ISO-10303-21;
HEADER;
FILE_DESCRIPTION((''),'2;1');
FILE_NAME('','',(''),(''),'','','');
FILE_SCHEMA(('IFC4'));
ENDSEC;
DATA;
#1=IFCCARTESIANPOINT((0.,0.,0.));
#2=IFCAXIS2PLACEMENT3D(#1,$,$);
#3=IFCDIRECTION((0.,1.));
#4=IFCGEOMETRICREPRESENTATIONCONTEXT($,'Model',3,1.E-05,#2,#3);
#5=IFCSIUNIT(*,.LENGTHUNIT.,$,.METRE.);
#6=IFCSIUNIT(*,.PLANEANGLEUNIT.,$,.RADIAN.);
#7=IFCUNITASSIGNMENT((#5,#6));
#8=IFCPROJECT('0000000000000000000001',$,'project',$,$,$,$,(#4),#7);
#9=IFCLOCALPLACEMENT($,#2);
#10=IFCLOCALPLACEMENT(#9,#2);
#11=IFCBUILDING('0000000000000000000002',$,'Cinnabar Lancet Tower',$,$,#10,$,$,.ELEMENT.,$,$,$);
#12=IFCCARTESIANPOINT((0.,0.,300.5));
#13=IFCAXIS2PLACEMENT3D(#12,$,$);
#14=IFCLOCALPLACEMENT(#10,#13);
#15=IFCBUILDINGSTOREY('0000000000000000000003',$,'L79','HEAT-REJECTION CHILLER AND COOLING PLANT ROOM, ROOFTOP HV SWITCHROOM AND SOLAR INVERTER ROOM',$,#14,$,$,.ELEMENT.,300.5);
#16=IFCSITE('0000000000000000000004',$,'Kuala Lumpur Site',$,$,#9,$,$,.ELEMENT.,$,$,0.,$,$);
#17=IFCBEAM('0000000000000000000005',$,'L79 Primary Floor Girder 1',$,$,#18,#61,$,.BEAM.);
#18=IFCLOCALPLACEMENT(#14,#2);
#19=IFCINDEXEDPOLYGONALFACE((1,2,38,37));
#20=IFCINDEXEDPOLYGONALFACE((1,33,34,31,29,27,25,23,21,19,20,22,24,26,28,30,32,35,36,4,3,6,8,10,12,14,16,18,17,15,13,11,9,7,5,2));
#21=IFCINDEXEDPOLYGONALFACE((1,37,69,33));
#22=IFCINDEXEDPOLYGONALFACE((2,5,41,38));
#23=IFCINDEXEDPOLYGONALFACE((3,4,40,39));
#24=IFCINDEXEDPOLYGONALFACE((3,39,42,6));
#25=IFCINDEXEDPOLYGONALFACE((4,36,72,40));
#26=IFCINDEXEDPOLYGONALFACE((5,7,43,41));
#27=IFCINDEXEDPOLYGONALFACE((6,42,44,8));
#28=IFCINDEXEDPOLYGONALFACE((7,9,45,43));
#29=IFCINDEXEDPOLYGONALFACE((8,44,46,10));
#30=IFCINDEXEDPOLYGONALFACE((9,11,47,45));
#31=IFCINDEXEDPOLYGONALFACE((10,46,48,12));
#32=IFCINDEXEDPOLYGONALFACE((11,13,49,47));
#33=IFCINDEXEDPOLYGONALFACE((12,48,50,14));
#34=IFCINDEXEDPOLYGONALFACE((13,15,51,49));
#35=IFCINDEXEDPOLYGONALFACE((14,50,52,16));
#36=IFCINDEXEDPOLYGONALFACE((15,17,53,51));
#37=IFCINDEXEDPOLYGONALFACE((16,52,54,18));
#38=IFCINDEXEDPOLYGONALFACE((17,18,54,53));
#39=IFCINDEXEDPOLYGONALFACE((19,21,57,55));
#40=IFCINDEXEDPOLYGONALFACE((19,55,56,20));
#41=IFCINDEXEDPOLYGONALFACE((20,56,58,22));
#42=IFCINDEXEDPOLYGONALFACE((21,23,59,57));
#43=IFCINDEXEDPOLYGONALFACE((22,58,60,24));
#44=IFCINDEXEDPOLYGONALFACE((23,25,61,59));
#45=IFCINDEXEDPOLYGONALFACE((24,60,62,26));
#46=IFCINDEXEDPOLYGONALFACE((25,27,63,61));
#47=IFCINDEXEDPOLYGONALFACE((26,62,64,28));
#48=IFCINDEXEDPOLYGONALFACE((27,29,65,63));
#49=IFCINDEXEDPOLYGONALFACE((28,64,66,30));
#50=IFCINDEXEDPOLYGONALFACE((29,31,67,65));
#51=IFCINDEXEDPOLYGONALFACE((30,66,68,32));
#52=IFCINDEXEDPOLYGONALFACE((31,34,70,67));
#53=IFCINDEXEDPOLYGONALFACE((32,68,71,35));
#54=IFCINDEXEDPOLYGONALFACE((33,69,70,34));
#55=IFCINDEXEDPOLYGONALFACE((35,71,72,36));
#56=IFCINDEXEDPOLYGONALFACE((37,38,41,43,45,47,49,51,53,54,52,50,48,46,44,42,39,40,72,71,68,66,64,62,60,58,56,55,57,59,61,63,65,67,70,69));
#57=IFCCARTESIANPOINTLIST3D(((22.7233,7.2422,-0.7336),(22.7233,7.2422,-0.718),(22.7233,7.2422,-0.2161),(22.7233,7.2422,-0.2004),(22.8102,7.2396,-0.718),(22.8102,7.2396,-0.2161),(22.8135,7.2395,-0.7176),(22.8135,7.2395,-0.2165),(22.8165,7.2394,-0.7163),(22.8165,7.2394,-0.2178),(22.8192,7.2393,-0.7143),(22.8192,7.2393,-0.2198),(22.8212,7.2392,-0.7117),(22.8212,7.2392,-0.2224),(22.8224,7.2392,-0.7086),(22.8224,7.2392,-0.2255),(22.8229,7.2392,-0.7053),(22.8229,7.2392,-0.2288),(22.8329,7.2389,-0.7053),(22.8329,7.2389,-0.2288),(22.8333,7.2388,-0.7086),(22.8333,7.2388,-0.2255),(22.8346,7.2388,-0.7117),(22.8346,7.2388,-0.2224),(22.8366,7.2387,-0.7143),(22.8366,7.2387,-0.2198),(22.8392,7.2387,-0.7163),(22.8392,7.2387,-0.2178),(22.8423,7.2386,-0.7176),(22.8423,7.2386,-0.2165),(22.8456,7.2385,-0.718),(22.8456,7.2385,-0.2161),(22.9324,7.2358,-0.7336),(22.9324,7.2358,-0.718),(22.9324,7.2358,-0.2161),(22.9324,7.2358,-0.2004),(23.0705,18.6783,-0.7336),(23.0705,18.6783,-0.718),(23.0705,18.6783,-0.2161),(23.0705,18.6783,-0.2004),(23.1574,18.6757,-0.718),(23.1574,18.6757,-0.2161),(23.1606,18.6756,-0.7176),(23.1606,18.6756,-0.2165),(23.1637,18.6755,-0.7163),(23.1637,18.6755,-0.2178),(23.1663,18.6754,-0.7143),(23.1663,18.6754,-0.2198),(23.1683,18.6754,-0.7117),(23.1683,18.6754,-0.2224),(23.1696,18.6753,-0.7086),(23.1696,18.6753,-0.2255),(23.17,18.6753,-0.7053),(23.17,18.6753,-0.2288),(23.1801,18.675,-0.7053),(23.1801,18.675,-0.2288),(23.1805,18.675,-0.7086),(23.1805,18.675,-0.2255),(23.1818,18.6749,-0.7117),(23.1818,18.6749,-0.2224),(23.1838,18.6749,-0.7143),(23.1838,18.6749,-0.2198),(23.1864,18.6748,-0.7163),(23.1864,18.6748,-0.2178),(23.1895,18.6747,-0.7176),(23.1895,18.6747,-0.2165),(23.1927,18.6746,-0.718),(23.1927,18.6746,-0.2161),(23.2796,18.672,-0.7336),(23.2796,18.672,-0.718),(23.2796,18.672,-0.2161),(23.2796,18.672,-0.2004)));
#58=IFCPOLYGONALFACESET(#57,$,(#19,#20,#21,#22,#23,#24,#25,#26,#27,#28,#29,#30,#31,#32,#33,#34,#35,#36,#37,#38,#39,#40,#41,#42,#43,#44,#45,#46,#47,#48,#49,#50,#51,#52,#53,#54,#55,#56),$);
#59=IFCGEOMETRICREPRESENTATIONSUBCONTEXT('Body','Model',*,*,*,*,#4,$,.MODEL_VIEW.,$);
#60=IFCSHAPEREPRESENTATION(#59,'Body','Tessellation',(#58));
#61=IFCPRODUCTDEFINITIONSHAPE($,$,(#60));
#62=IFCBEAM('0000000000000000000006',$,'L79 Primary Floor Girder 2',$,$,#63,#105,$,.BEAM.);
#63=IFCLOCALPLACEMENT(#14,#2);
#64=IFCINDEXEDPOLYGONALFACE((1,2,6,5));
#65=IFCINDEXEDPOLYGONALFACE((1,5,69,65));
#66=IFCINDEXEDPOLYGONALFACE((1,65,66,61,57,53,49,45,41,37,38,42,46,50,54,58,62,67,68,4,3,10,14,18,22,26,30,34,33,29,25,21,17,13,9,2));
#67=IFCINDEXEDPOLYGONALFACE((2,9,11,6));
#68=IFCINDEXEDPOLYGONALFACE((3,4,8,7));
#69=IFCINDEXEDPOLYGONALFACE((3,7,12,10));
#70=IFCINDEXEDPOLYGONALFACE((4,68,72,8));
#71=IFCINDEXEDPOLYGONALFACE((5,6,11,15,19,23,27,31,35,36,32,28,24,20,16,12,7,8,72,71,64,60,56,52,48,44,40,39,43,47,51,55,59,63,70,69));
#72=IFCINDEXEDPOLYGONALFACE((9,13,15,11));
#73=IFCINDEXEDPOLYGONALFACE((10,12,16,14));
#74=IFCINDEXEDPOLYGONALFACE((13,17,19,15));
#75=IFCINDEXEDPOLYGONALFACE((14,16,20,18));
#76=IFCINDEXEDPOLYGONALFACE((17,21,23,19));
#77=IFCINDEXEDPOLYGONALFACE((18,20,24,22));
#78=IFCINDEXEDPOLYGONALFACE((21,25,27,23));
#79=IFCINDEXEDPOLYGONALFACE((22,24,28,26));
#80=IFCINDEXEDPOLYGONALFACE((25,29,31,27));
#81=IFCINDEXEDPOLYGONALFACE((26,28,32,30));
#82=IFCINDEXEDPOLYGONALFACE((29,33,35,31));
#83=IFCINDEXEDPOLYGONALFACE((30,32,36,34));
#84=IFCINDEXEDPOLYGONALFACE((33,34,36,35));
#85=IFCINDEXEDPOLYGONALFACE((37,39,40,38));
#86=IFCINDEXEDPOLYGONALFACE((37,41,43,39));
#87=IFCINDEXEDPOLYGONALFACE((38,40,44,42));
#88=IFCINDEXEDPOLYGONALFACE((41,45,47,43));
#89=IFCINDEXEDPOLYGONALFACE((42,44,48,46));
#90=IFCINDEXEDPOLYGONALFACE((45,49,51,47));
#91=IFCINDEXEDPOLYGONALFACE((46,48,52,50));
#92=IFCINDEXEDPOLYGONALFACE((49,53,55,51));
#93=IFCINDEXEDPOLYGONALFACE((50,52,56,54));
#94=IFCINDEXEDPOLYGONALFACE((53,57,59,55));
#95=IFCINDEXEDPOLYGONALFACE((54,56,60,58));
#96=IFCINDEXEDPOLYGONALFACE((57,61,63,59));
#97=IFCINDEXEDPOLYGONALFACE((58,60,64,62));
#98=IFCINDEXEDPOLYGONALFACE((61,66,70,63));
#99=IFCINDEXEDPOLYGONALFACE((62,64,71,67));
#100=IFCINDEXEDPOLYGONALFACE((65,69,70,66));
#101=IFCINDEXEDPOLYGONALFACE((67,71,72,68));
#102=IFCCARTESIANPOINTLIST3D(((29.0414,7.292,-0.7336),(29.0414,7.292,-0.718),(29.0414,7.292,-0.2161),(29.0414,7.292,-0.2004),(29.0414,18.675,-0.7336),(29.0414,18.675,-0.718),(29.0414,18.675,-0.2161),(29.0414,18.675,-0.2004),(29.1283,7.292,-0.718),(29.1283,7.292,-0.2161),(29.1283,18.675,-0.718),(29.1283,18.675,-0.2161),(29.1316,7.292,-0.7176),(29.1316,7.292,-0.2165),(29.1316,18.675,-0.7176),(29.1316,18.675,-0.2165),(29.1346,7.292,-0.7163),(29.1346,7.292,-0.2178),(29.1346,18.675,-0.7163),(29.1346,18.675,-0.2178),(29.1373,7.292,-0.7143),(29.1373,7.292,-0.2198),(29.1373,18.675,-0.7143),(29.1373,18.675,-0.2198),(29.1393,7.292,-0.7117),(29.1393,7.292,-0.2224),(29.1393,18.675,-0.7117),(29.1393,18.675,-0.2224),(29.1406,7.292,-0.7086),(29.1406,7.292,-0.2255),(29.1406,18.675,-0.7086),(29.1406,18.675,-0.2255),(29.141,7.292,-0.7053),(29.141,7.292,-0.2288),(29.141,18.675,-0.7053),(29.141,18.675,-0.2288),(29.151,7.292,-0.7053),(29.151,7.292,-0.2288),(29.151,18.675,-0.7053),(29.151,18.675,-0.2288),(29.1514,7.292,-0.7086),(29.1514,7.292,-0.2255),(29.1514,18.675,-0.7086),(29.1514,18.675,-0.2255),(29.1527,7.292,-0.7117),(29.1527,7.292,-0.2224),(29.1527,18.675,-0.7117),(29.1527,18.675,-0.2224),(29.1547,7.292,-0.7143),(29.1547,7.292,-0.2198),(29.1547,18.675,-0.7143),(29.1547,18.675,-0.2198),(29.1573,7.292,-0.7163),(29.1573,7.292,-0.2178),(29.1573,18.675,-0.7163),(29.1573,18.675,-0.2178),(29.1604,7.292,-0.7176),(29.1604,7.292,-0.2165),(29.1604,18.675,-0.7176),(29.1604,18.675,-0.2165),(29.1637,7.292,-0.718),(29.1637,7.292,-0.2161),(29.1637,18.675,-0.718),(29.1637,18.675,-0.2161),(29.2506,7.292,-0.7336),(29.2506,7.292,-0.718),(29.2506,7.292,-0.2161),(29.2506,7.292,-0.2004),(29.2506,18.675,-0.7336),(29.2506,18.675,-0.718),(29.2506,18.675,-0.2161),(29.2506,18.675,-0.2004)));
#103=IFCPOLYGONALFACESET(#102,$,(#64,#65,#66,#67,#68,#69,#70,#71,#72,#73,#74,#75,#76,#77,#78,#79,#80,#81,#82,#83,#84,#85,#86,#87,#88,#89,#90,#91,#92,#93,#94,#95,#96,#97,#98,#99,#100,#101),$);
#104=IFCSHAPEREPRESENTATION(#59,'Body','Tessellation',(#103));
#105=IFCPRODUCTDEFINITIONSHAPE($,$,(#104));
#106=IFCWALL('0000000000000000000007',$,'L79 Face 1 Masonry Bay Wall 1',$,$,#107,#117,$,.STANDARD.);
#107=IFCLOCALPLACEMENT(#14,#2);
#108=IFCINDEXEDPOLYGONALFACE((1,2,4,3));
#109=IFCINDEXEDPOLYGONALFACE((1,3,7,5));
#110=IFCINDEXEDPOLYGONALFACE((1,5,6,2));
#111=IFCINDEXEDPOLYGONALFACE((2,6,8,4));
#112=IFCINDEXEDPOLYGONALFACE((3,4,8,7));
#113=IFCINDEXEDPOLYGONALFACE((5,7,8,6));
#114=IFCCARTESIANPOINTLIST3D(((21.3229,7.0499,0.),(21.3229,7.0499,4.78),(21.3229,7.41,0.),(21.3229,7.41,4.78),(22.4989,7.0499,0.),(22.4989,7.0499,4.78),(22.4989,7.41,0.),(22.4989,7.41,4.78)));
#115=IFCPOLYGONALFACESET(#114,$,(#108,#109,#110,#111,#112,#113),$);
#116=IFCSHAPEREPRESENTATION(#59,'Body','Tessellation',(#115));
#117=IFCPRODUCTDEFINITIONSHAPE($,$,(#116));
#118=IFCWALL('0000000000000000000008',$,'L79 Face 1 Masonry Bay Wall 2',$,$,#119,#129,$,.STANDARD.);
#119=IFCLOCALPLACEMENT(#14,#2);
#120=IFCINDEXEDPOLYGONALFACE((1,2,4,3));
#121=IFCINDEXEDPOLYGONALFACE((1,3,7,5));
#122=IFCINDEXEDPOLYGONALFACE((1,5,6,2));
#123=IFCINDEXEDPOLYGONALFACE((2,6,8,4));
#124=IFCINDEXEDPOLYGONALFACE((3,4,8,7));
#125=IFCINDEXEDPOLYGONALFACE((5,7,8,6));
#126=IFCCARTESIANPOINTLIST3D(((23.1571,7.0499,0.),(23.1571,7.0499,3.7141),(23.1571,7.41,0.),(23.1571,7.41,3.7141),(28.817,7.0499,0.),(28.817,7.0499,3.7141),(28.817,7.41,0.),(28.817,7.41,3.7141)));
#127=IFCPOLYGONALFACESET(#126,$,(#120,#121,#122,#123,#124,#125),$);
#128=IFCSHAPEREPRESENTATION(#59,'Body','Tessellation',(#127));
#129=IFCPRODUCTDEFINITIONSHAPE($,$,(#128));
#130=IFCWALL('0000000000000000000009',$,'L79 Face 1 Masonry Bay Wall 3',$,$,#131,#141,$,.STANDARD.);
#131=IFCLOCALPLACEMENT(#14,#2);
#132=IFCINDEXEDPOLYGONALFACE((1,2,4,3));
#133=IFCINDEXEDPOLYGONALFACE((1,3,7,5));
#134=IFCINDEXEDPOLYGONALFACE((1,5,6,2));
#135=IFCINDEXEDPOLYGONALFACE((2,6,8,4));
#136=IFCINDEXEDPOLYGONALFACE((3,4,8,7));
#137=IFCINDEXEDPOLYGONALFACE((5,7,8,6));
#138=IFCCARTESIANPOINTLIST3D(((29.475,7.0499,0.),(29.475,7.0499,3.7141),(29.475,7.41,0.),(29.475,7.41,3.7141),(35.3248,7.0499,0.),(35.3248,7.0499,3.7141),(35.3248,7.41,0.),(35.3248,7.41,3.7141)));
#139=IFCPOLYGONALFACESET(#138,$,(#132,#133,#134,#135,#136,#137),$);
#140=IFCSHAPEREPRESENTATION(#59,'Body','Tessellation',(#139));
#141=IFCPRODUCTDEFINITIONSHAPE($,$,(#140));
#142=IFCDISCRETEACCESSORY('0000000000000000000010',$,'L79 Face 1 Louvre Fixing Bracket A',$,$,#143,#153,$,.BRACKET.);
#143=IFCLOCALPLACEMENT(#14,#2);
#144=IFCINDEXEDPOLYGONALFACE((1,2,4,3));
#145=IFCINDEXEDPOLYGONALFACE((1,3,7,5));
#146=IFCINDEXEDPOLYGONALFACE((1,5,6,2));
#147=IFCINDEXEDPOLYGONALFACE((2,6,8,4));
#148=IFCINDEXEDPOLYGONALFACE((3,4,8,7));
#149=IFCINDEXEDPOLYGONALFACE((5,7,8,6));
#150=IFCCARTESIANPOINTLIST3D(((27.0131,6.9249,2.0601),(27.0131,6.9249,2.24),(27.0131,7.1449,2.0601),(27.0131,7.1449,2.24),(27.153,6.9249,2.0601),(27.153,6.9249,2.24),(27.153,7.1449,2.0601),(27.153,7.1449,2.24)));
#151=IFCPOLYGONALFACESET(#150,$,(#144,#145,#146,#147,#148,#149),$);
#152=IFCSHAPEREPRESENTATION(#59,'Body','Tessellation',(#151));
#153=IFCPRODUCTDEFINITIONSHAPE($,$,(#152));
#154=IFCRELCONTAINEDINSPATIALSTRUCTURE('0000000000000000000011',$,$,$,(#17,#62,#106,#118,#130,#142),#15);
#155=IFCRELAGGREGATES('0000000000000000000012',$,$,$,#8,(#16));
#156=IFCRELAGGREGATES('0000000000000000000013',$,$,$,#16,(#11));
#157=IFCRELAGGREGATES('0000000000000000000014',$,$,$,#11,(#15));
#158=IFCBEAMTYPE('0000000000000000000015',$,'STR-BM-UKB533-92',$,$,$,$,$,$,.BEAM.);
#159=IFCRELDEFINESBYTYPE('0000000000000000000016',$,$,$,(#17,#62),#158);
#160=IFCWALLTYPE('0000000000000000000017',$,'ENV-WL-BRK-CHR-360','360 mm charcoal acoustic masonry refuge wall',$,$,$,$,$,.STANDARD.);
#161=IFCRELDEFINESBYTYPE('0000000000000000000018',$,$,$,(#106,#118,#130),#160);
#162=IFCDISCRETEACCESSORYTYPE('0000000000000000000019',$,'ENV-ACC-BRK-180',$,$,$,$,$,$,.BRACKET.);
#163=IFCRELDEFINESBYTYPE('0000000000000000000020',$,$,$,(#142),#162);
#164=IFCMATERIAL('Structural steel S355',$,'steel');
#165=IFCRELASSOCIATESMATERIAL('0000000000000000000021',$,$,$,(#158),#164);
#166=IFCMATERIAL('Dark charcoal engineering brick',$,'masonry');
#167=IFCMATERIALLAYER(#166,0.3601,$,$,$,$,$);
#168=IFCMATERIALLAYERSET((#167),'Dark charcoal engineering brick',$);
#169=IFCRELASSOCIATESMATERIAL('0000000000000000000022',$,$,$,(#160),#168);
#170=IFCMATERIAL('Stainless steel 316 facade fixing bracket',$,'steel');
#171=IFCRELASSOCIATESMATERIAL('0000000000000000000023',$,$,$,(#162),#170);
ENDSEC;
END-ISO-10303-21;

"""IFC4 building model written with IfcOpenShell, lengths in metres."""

from ifc_helpers import new_model, si_unit, direction, frame, frame_2d, origin, origin_2d, place, context, subcontext, project, spatial, rectangle, i_section, extrude, material, layer, layer_set, material_profile, profile_set, type_object, element, save


model = new_model("IFC4")

# Units and contexts
model_context = context("Model", 3, precision=1e-05, world=origin(), true_north=direction((0.0, 1.0)))
body_context = subcontext(model_context, "Body", "Model", "MODEL_VIEW")
ifc_project = project(units=[si_unit("LENGTHUNIT", "METRE"), si_unit("PLANEANGLEUNIT", "RADIAN")], contexts=[model_context])

# Site, building, storey
site_placement = place(None, origin())
site = spatial("IfcSite", under=ifc_project, at=site_placement, Name="Kuala Lumpur Site", CompositionType="ELEMENT", RefElevation=0.0)
building_placement = place(site_placement, origin())
building = spatial("IfcBuilding", under=site, at=building_placement, Name="Cinnabar Lancet Tower", CompositionType="ELEMENT")
storey_placement = place(building_placement, frame((0.0, 0.0, 300.5)))
storey = spatial("IfcBuildingStorey", under=building, at=storey_placement, Name="L79", Description="HEAT-REJECTION CHILLER AND COOLING PLANT ROOM, ROOFTOP HV SWITCHROOM AND SOLAR INVERTER ROOM", CompositionType="ELEMENT", Elevation=300.5)

# Beams
ifc_material_1 = material(Name="Structural steel S355", Category="steel")
ifc_material_profile_1 = material_profile(ifc_material_1, i_section(OverallWidth=0.2092, OverallDepth=0.5332, WebThickness=0.01, FlangeThickness=0.0156, FilletRadius=0.0127, at=origin_2d()), Name="UKB 533x210x92")
ifc_profile_set_1 = profile_set([ifc_material_profile_1], Name="Structural steel S355")
beam_type_1 = type_object("IfcBeamType", Name="STR-BM-UKB533-92", PredefinedType="BEAM", material=ifc_profile_set_1)
beam_1_placement = place(storey_placement, frame((22.8279, 7.239, -0.467), z_axis=(0.030343, 0.99954, 0.0), x_axis=(-0.99954, 0.030343, 0.0)))
element("IfcBeam", 1, at=beam_1_placement, inside=storey, type_object=beam_type_1, Name="L79 Primary Floor Girder 1", PredefinedType="BEAM", context=body_context, shape_type="SweptSolid", body=[
    extrude(i_section(OverallWidth=0.2092, OverallDepth=0.5332, WebThickness=0.01, FlangeThickness=0.0156, FilletRadius=0.0127, at=origin_2d()), origin(), (0.0, 0.0, 1.0), 11.4414),
])
beam_2_placement = place(storey_placement, frame((29.146, 7.292, -0.467), z_axis=(0.0, 1.0, 0.0), x_axis=(-1.0, 0.0, 0.0)))
element("IfcBeam", 2, at=beam_2_placement, inside=storey, type_object=beam_type_1, Name="L79 Primary Floor Girder 2", PredefinedType="BEAM", context=body_context, shape_type="SweptSolid", body=[
    extrude(i_section(OverallWidth=0.2092, OverallDepth=0.5332, WebThickness=0.01, FlangeThickness=0.0156, FilletRadius=0.0127, at=origin_2d()), origin(), (0.0, 0.0, 1.0), 11.3831),
])

# Walls
ifc_material_2 = material(Name="Dark charcoal engineering brick", Category="masonry")
ifc_layer = layer(ifc_material_2, 0.3601)
ifc_layer_set = layer_set([ifc_layer], Name="Dark charcoal engineering brick")
wall_type = type_object("IfcWallType", Name="ENV-WL-BRK-CHR-360", Description="360 mm charcoal acoustic masonry refuge wall", PredefinedType="STANDARD", material=ifc_layer_set)
wall_1_placement = place(storey_placement, frame((21.323, 7.23, 0.0), z_axis=(0.0, 0.0, 1.0), x_axis=(1.0, 0.0, 0.0)))
element("IfcWall", 3, at=wall_1_placement, inside=storey, type_object=wall_type, Name="L79 Face 1 Masonry Bay Wall 1", PredefinedType="STANDARD", context=body_context, shape_type="SweptSolid", body=[
    extrude(rectangle(XDim=1.176, YDim=0.3601, at=frame_2d((0.5879, 0.0))), origin(), (0.0, 0.0, 1.0), 4.78),
])
wall_2_placement = place(storey_placement, frame((23.157, 7.23, 0.0), z_axis=(0.0, 0.0, 1.0), x_axis=(1.0, 0.0, 0.0)))
element("IfcWall", 4, at=wall_2_placement, inside=storey, type_object=wall_type, Name="L79 Face 1 Masonry Bay Wall 2", PredefinedType="STANDARD", context=body_context, shape_type="SweptSolid", body=[
    extrude(rectangle(XDim=5.6599, YDim=0.3601, at=frame_2d((2.8301, 0.0))), origin(), (0.0, 0.0, 1.0), 3.7141),
])
wall_3_placement = place(storey_placement, frame((29.4751, 7.23, 0.0), z_axis=(0.0, 0.0, 1.0), x_axis=(1.0, 0.0, 0.0)))
element("IfcWall", 5, at=wall_3_placement, inside=storey, type_object=wall_type, Name="L79 Face 1 Masonry Bay Wall 3", PredefinedType="STANDARD", context=body_context, shape_type="SweptSolid", body=[
    extrude(rectangle(XDim=5.8499, YDim=0.3601, at=frame_2d((2.9248, 0.0))), origin(), (0.0, 0.0, 1.0), 3.7141),
])

# Discrete accessory
ifc_material_3 = material(Name="Stainless steel 316 facade fixing bracket", Category="steel")
discrete_accessory_type = type_object("IfcDiscreteAccessoryType", Name="ENV-ACC-BRK-180", PredefinedType="BRACKET", material=ifc_material_3)
discrete_accessory_placement = place(storey_placement, frame((27.083, 7.0349, 2.0601), z_axis=(0.0, 0.0, 1.0), x_axis=(1.0, 0.0, 0.0)))
element("IfcDiscreteAccessory", 6, at=discrete_accessory_placement, inside=storey, type_object=discrete_accessory_type, Name="L79 Face 1 Louvre Fixing Bracket A", PredefinedType="BRACKET", context=body_context, shape_type="SweptSolid", body=[
    extrude(rectangle(XDim=0.1399, YDim=0.22, at=origin_2d()), origin(), (0.0, 0.0, 1.0), 0.1799),
])

save(model, "model.ifc")
